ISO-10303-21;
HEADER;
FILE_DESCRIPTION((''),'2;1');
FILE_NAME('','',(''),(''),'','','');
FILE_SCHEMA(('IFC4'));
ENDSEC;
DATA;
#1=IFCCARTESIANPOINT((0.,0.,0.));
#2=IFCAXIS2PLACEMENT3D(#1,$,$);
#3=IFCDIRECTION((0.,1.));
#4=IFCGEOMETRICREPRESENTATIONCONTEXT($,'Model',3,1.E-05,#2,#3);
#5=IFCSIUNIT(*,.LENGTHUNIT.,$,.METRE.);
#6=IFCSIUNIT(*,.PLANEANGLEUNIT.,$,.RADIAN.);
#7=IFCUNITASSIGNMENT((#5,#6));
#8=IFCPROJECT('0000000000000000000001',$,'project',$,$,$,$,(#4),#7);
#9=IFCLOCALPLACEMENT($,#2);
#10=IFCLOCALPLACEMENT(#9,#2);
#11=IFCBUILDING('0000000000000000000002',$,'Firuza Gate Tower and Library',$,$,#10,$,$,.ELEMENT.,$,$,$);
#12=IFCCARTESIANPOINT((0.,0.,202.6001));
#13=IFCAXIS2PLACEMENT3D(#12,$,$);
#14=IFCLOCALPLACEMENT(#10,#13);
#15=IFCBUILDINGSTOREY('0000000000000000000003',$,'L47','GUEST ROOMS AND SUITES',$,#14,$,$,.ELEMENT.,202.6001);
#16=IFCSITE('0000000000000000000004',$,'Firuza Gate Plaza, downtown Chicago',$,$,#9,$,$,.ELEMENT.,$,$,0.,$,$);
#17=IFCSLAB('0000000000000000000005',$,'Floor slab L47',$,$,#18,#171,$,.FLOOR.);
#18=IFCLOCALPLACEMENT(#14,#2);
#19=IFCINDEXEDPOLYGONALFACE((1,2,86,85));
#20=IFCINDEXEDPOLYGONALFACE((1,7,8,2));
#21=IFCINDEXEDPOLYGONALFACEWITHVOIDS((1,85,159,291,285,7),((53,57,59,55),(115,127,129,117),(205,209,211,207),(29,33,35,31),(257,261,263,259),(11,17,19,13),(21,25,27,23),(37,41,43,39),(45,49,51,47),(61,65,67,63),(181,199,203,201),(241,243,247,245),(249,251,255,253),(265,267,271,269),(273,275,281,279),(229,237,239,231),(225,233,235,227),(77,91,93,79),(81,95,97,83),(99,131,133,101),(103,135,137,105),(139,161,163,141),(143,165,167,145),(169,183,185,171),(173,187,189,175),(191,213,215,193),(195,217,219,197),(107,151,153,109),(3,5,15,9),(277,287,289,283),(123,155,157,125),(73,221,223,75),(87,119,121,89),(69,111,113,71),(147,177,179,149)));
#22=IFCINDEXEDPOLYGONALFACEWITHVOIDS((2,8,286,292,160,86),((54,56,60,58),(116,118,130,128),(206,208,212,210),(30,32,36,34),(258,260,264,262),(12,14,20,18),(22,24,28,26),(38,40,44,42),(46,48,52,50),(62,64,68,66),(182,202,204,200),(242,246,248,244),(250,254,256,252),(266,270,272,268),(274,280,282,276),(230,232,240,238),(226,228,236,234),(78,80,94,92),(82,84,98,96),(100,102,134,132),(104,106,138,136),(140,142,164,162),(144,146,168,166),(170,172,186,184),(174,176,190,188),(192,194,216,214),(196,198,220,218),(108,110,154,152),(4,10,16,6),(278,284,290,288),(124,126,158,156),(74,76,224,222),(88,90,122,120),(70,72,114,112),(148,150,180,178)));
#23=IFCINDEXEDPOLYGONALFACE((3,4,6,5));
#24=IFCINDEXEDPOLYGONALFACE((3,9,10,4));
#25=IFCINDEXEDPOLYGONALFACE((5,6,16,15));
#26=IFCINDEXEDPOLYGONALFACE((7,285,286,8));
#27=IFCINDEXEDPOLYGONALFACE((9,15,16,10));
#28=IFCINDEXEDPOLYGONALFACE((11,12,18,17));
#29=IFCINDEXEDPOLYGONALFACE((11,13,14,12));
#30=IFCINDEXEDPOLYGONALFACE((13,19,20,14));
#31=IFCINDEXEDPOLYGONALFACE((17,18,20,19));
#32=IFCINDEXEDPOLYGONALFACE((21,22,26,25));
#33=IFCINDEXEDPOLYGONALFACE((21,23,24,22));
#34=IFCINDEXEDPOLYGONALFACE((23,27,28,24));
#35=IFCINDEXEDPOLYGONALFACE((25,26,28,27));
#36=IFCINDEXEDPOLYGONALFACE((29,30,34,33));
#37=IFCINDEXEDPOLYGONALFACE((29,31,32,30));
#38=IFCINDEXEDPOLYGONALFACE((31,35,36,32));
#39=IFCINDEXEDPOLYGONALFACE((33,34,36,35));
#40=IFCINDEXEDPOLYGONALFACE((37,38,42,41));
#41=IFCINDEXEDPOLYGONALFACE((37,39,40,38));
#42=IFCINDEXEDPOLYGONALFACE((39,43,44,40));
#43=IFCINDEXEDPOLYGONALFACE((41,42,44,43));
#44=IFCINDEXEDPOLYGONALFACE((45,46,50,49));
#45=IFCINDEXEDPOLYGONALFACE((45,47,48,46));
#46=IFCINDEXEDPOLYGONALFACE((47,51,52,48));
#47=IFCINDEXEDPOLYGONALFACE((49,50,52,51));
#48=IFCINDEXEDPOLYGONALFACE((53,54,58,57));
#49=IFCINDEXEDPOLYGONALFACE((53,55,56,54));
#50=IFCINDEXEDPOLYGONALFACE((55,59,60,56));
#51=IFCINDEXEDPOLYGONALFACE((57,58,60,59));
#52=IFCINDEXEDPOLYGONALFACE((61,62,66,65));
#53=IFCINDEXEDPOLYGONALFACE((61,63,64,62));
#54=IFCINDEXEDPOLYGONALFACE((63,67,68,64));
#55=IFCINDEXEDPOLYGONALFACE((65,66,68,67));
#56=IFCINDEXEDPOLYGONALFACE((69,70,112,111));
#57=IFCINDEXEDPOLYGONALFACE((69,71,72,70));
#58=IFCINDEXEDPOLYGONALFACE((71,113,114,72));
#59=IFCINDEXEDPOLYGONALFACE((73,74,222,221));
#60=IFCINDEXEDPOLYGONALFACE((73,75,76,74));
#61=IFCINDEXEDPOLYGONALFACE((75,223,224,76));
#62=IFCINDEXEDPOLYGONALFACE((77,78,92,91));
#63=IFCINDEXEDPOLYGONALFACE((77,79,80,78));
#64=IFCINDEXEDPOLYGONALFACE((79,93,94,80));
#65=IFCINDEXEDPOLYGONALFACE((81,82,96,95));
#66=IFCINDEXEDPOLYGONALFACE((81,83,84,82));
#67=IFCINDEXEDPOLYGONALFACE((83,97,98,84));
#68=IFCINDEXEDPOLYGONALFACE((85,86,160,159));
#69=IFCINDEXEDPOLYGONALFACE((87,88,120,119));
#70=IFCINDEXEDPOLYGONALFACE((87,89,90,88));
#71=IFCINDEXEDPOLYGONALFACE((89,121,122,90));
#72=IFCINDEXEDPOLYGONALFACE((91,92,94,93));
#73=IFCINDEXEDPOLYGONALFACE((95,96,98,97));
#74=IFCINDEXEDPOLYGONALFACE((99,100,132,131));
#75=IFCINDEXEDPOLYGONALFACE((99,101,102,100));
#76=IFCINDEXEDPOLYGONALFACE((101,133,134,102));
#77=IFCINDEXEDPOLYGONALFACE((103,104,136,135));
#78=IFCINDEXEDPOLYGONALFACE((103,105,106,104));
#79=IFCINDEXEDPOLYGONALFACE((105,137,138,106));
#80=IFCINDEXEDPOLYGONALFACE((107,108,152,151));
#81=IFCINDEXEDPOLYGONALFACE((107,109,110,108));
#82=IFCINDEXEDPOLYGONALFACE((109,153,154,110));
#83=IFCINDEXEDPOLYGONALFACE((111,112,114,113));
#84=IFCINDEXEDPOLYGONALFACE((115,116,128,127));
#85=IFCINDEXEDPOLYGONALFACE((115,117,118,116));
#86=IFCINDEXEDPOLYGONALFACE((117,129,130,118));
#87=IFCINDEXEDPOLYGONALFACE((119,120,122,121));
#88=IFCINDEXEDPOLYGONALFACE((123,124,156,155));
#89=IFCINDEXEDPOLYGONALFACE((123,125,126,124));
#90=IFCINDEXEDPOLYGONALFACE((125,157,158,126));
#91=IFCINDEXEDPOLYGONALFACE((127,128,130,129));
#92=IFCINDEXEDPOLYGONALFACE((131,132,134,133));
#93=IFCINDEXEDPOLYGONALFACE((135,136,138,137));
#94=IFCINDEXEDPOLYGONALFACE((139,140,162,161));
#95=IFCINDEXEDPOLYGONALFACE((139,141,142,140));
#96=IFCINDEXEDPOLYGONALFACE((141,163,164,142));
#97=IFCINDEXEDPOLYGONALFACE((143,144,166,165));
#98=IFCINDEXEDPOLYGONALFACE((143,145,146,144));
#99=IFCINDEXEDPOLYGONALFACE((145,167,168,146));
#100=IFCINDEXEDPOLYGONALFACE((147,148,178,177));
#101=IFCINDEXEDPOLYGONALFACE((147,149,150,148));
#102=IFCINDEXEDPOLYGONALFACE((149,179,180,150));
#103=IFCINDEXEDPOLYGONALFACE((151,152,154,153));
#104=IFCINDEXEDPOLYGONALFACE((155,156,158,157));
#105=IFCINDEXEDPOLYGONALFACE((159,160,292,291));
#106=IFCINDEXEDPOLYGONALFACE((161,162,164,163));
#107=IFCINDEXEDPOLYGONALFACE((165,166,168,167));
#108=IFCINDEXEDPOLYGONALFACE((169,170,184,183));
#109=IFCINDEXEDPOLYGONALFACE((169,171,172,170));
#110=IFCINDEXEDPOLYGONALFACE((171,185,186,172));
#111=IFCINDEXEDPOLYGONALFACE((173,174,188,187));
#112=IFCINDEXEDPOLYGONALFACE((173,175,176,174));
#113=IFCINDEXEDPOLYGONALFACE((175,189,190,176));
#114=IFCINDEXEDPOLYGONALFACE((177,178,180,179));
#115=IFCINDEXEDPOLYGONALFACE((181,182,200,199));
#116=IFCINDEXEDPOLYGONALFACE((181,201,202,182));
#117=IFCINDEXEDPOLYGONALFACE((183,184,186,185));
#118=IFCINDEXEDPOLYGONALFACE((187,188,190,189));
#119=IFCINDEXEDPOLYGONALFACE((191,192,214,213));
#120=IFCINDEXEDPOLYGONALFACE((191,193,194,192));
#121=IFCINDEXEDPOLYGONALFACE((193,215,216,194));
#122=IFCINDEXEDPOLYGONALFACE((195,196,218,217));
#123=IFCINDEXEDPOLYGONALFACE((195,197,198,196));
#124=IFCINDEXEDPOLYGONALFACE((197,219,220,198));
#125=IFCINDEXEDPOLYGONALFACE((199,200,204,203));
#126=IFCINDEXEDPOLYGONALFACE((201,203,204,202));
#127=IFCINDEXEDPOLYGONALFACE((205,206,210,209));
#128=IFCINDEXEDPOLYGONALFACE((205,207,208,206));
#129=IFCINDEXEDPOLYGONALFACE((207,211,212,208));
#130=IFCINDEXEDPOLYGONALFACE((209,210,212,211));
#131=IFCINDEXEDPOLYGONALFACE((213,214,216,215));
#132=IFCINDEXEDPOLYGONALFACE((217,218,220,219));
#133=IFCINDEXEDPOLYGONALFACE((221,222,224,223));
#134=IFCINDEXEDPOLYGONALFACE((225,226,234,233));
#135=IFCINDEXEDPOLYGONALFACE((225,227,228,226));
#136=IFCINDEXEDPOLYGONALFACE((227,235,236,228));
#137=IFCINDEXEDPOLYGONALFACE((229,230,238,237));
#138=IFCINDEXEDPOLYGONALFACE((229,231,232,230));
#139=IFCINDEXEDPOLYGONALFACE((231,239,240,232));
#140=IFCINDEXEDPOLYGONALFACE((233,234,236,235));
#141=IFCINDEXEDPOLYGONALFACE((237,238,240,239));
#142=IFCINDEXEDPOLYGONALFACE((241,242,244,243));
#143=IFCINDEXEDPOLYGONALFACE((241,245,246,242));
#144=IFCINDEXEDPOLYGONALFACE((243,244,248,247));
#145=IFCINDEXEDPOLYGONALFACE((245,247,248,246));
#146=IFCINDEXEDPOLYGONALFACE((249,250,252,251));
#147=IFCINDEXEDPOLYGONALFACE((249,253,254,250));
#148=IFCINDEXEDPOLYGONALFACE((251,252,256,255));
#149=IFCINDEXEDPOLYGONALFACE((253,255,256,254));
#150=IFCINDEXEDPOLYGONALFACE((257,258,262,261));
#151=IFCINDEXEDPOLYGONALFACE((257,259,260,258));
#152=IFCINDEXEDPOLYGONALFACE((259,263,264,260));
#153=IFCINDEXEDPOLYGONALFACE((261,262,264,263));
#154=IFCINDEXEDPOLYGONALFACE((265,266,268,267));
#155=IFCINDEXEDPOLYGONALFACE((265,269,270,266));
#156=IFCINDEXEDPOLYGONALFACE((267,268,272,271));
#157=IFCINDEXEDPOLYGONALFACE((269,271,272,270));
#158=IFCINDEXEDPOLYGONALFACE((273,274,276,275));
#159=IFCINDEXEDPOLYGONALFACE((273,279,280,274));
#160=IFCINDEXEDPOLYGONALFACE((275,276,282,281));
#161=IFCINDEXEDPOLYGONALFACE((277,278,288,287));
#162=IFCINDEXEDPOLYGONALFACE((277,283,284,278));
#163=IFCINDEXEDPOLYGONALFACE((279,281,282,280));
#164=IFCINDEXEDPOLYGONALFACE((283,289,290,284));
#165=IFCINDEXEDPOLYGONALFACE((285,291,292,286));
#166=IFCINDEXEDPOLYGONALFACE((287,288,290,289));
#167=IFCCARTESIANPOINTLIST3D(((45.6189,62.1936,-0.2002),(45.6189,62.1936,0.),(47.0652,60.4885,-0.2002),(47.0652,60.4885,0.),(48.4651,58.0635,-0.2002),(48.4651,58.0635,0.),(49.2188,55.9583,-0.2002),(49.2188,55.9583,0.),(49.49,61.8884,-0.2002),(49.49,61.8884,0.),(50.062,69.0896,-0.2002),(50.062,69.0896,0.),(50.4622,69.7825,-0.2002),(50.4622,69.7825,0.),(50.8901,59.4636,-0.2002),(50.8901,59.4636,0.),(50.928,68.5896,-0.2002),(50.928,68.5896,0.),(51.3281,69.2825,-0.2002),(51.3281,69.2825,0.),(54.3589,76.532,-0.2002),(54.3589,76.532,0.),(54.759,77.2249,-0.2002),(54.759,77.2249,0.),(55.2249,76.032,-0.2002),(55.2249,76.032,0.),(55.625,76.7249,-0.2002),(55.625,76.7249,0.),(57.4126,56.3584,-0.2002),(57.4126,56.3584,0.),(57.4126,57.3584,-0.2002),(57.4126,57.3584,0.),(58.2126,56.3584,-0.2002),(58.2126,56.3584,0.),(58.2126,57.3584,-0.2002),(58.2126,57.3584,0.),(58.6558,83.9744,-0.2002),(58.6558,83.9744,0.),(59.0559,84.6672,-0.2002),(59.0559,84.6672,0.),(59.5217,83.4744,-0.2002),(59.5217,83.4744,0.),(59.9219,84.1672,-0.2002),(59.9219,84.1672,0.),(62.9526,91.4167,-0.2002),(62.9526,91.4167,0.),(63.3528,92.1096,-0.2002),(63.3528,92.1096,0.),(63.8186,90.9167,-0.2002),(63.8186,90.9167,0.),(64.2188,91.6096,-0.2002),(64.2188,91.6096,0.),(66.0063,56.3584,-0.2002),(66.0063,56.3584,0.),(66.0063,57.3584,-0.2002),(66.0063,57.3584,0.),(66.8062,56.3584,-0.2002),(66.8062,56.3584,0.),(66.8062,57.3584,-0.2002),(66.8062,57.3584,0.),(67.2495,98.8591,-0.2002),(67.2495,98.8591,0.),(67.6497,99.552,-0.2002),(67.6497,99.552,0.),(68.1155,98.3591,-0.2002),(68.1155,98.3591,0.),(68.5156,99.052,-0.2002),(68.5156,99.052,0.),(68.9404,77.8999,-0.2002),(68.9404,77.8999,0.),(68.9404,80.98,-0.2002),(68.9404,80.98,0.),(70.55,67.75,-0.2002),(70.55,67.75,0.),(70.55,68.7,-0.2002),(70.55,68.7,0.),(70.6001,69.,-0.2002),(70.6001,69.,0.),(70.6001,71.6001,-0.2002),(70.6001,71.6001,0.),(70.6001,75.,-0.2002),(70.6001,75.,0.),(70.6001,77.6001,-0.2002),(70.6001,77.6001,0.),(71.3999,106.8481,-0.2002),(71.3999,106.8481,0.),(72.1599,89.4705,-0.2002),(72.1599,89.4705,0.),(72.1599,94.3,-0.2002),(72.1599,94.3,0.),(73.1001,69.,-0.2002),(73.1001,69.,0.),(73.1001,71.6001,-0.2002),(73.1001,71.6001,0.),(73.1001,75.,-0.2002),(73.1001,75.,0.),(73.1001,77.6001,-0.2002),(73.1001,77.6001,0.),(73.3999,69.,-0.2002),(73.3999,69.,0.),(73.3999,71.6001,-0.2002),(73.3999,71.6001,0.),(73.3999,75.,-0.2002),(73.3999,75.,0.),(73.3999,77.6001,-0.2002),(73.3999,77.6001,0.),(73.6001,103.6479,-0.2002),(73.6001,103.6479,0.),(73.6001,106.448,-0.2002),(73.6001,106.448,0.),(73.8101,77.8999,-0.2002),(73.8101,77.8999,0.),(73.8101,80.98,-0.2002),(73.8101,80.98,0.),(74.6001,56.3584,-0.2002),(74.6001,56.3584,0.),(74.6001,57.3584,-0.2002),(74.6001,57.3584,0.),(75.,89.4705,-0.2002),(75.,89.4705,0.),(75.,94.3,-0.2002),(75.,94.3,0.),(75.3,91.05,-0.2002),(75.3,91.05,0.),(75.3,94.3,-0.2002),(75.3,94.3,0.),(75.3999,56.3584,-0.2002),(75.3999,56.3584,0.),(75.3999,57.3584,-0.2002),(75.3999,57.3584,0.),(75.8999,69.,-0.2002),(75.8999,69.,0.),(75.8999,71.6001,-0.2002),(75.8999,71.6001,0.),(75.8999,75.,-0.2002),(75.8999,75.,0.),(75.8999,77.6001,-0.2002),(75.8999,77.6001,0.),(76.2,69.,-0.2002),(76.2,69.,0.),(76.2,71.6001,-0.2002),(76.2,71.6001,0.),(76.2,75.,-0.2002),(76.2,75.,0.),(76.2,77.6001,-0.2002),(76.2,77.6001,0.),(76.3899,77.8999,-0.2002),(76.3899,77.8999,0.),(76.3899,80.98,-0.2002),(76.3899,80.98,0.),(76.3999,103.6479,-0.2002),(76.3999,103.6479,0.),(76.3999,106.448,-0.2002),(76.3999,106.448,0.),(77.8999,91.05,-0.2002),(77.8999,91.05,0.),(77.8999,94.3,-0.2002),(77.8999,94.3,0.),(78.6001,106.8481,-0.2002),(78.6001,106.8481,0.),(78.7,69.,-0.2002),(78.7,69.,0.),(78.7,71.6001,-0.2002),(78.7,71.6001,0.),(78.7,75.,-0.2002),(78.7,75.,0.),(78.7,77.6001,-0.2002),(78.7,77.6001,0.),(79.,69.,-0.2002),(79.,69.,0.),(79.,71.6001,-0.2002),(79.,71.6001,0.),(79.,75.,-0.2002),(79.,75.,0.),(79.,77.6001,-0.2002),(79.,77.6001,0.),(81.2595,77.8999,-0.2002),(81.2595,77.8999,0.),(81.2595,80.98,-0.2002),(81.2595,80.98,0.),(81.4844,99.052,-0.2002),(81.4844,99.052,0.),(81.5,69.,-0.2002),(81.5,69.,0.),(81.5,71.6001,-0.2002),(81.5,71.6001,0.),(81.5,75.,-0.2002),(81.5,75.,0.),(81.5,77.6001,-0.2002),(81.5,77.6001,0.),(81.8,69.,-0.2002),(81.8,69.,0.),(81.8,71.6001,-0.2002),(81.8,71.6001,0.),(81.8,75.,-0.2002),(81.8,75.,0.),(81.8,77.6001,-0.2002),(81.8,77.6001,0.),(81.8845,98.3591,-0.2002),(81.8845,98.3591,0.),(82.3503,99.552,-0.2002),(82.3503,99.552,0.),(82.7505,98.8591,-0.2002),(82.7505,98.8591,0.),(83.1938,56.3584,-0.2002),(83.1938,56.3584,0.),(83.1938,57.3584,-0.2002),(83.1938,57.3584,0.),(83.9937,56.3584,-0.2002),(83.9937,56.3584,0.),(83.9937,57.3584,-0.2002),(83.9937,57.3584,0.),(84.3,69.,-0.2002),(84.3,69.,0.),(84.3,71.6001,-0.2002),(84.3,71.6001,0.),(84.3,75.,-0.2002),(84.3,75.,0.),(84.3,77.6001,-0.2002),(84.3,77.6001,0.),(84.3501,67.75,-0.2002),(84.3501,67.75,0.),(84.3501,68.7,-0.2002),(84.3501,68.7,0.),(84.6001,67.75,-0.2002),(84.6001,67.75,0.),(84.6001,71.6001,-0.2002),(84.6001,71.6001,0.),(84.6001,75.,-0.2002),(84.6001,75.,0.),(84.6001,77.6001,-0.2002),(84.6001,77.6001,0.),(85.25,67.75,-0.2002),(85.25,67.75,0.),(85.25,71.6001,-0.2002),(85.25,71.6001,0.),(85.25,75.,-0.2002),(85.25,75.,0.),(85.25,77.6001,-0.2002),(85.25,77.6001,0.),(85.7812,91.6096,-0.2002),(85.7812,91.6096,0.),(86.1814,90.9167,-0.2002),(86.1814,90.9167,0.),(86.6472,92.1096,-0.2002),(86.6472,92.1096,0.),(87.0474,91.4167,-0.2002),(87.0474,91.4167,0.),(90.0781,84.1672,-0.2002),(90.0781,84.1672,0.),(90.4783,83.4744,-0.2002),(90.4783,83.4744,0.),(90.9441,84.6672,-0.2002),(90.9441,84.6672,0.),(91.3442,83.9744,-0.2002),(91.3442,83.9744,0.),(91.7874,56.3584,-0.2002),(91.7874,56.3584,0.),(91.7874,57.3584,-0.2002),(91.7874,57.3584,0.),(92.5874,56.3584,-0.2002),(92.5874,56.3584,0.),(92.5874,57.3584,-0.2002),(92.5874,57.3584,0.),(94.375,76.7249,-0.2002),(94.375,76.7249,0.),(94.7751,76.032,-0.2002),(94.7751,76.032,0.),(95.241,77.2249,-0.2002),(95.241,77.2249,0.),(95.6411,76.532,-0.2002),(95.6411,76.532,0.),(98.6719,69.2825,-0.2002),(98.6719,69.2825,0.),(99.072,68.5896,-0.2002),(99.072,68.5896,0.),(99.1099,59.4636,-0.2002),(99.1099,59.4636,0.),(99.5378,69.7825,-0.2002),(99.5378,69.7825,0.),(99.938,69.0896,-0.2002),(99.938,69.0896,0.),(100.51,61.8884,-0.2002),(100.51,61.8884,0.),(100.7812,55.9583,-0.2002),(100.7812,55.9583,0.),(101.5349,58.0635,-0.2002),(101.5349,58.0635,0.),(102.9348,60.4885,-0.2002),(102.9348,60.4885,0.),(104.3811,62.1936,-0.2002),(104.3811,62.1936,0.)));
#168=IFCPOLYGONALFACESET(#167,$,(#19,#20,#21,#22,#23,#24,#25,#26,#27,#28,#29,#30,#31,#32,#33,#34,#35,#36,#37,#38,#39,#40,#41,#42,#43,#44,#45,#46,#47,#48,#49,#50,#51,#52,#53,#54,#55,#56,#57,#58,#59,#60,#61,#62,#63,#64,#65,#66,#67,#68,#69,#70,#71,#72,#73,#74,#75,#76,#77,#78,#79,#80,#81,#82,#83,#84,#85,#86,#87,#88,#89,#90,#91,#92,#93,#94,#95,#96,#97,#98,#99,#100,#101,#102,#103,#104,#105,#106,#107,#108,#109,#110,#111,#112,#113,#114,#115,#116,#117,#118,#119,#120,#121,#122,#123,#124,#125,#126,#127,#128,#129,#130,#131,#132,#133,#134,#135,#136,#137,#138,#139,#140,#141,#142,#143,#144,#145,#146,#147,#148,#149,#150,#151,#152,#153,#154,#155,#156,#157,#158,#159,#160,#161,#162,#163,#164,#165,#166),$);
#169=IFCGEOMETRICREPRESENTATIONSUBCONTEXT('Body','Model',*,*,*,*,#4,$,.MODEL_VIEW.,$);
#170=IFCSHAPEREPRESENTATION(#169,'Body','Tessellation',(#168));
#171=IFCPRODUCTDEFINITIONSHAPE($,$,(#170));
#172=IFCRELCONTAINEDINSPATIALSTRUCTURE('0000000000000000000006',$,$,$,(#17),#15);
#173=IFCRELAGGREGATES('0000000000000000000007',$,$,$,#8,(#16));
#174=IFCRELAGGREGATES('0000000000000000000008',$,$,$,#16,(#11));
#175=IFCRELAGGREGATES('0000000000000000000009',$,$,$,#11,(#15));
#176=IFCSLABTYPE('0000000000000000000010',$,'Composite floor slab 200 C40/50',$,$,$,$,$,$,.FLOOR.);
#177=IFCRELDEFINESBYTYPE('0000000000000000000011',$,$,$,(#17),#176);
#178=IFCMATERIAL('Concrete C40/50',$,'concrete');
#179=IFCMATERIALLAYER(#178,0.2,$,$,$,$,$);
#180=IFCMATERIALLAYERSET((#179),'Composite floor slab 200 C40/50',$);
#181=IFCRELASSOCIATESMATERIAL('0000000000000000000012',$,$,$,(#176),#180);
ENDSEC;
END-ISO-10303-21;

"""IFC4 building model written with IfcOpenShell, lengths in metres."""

from ifc_helpers import new_model, si_unit, direction, frame, origin, place, context, subcontext, project, spatial, polyline, outline, extrude, material, layer, layer_set, type_object, element, save


model = new_model("IFC4")

# Units and contexts
model_context = context("Model", 3, precision=1e-05, world=origin(), true_north=direction((0.0, 1.0)))
body_context = subcontext(model_context, "Body", "Model", "MODEL_VIEW")
ifc_project = project(units=[si_unit("LENGTHUNIT", "METRE"), si_unit("PLANEANGLEUNIT", "RADIAN")], contexts=[model_context])

# Site, building, storey
site_placement = place(None, origin())
site = spatial("IfcSite", under=ifc_project, at=site_placement, Name="Firuza Gate Plaza, downtown Chicago", CompositionType="ELEMENT", RefElevation=0.0)
building_placement = place(site_placement, origin())
building = spatial("IfcBuilding", under=site, at=building_placement, Name="Firuza Gate Tower and Library", CompositionType="ELEMENT")
storey_placement = place(building_placement, frame((0.0, 0.0, 202.6001)))
storey = spatial("IfcBuildingStorey", under=building, at=storey_placement, Name="L47", Description="GUEST ROOMS AND SUITES", CompositionType="ELEMENT", Elevation=202.6001)

# Slab
ifc_material_1 = material(Name="Concrete C40/50", Category="concrete")
ifc_layer_1 = layer(ifc_material_1, 0.2)
ifc_layer_set_1 = layer_set([ifc_layer_1], Name="Composite floor slab 200 C40/50")
slab_type_1 = type_object("IfcSlabType", Name="Composite floor slab 200 C40/50", PredefinedType="FLOOR", material=ifc_layer_set_1)
slab_1_placement = place(storey_placement, frame((0.0, 0.0, -0.2002)))
element("IfcSlab", 1, at=slab_1_placement, inside=storey, type_object=slab_type_1, Name="Floor slab L47", PredefinedType="FLOOR", context=body_context, shape_type="SweptSolid", body=[
    extrude(outline(polyline([(45.6189, 62.1936), (49.2188, 55.9583), (100.7812, 55.9583), (104.3811, 62.1936), (78.6001, 106.8481), (71.3999, 106.8481), (45.6189, 62.1936)]), holes=[polyline([(57.4126, 56.3584), (57.4126, 57.3584), (58.2126, 57.3584), (58.2126, 56.3584), (57.4126, 56.3584)]), polyline([(74.6001, 56.3584), (74.6001, 57.3584), (75.3999, 57.3584), (75.3999, 56.3584), (74.6001, 56.3584)]), polyline([(66.0063, 56.3584), (66.0063, 57.3584), (66.8062, 57.3584), (66.8062, 56.3584), (66.0063, 56.3584)]), polyline([(47.0652, 60.4885), (49.49, 61.8884), (50.8901, 59.4636), (48.4651, 58.0635), (47.0652, 60.4885)]), polyline([(84.3501, 67.75), (70.55, 67.75), (70.55, 68.7), (84.3501, 68.7), (84.3501, 67.75)]), polyline([(50.4622, 69.7825), (51.3281, 69.2825), (50.928, 68.5896), (50.062, 69.0896), (50.4622, 69.7825)]), polyline([(73.1001, 69.0), (70.6001, 69.0), (70.6001, 71.6001), (73.1001, 71.6001), (73.1001, 69.0)]), polyline([(75.8999, 69.0), (73.3999, 69.0), (73.3999, 71.6001), (75.8999, 71.6001), (75.8999, 69.0)]), polyline([(73.1001, 75.0), (70.6001, 75.0), (70.6001, 77.6001), (73.1001, 77.6001), (73.1001, 75.0)]), polyline([(75.8999, 75.0), (73.3999, 75.0), (73.3999, 77.6001), (75.8999, 77.6001), (75.8999, 75.0)]), polyline([(54.759, 77.2249), (55.625, 76.7249), (55.2249, 76.032), (54.3589, 76.532), (54.759, 77.2249)]), polyline([(73.8101, 77.8999), (68.9404, 77.8999), (68.9404, 80.98), (73.8101, 80.98), (73.8101, 77.8999)]), polyline([(59.0559, 84.6672), (59.9219, 84.1672), (59.5217, 83.4744), (58.6558, 83.9744), (59.0559, 84.6672)]), polyline([(63.3528, 92.1096), (64.2188, 91.6096), (63.8186, 90.9167), (62.9526, 91.4167), (63.3528, 92.1096)]), polyline([(72.1599, 89.4705), (72.1599, 94.3), (75.0, 94.3), (75.0, 89.4705), (72.1599, 89.4705)]), polyline([(75.3, 91.05), (75.3, 94.3), (77.8999, 94.3), (77.8999, 91.05), (75.3, 91.05)]), polyline([(68.5156, 99.052), (68.1155, 98.3591), (67.2495, 98.8591), (67.6497, 99.552), (68.5156, 99.052)]), polyline([(76.3999, 106.448), (76.3999, 103.6479), (73.6001, 103.6479), (73.6001, 106.448), (76.3999, 106.448)]), polyline([(91.7874, 56.3584), (91.7874, 57.3584), (92.5874, 57.3584), (92.5874, 56.3584), (91.7874, 56.3584)]), polyline([(83.1938, 56.3584), (83.1938, 57.3584), (83.9937, 57.3584), (83.9937, 56.3584), (83.1938, 56.3584)]), polyline([(101.5349, 58.0635), (99.1099, 59.4636), (100.51, 61.8884), (102.9348, 60.4885), (101.5349, 58.0635)]), polyline([(99.938, 69.0896), (99.072, 68.5896), (98.6719, 69.2825), (99.5378, 69.7825), (99.938, 69.0896)]), polyline([(85.25, 67.75), (84.6001, 67.75), (84.6001, 71.6001), (85.25, 71.6001), (85.25, 67.75)]), polyline([(81.5, 69.0), (79.0, 69.0), (79.0, 71.6001), (81.5, 71.6001), (81.5, 69.0)]), polyline([(81.8, 69.0), (81.8, 71.6001), (84.3, 71.6001), (84.3, 69.0), (81.8, 69.0)]), polyline([(76.2, 69.0), (76.2, 71.6001), (78.7, 71.6001), (78.7, 69.0), (76.2, 69.0)]), polyline([(81.5, 75.0), (79.0, 75.0), (79.0, 77.6001), (81.5, 77.6001), (81.5, 75.0)]), polyline([(84.3, 75.0), (81.8, 75.0), (81.8, 77.6001), (84.3, 77.6001), (84.3, 75.0)]), polyline([(85.25, 75.0), (84.6001, 75.0), (84.6001, 77.6001), (85.25, 77.6001), (85.25, 75.0)]), polyline([(78.7, 75.0), (76.2, 75.0), (76.2, 77.6001), (78.7, 77.6001), (78.7, 75.0)]), polyline([(95.6411, 76.532), (94.7751, 76.032), (94.375, 76.7249), (95.241, 77.2249), (95.6411, 76.532)]), polyline([(81.2595, 77.8999), (76.3899, 77.8999), (76.3899, 80.98), (81.2595, 80.98), (81.2595, 77.8999)]), polyline([(91.3442, 83.9744), (90.4783, 83.4744), (90.0781, 84.1672), (90.9441, 84.6672), (91.3442, 83.9744)]), polyline([(86.1814, 90.9167), (85.7812, 91.6096), (86.6472, 92.1096), (87.0474, 91.4167), (86.1814, 90.9167)]), polyline([(81.8845, 98.3591), (81.4844, 99.052), (82.3503, 99.552), (82.7505, 98.8591), (81.8845, 98.3591)])]), origin(), (0.0, 0.0, 1.0), 0.2002),
])

save(model, "model.ifc")
